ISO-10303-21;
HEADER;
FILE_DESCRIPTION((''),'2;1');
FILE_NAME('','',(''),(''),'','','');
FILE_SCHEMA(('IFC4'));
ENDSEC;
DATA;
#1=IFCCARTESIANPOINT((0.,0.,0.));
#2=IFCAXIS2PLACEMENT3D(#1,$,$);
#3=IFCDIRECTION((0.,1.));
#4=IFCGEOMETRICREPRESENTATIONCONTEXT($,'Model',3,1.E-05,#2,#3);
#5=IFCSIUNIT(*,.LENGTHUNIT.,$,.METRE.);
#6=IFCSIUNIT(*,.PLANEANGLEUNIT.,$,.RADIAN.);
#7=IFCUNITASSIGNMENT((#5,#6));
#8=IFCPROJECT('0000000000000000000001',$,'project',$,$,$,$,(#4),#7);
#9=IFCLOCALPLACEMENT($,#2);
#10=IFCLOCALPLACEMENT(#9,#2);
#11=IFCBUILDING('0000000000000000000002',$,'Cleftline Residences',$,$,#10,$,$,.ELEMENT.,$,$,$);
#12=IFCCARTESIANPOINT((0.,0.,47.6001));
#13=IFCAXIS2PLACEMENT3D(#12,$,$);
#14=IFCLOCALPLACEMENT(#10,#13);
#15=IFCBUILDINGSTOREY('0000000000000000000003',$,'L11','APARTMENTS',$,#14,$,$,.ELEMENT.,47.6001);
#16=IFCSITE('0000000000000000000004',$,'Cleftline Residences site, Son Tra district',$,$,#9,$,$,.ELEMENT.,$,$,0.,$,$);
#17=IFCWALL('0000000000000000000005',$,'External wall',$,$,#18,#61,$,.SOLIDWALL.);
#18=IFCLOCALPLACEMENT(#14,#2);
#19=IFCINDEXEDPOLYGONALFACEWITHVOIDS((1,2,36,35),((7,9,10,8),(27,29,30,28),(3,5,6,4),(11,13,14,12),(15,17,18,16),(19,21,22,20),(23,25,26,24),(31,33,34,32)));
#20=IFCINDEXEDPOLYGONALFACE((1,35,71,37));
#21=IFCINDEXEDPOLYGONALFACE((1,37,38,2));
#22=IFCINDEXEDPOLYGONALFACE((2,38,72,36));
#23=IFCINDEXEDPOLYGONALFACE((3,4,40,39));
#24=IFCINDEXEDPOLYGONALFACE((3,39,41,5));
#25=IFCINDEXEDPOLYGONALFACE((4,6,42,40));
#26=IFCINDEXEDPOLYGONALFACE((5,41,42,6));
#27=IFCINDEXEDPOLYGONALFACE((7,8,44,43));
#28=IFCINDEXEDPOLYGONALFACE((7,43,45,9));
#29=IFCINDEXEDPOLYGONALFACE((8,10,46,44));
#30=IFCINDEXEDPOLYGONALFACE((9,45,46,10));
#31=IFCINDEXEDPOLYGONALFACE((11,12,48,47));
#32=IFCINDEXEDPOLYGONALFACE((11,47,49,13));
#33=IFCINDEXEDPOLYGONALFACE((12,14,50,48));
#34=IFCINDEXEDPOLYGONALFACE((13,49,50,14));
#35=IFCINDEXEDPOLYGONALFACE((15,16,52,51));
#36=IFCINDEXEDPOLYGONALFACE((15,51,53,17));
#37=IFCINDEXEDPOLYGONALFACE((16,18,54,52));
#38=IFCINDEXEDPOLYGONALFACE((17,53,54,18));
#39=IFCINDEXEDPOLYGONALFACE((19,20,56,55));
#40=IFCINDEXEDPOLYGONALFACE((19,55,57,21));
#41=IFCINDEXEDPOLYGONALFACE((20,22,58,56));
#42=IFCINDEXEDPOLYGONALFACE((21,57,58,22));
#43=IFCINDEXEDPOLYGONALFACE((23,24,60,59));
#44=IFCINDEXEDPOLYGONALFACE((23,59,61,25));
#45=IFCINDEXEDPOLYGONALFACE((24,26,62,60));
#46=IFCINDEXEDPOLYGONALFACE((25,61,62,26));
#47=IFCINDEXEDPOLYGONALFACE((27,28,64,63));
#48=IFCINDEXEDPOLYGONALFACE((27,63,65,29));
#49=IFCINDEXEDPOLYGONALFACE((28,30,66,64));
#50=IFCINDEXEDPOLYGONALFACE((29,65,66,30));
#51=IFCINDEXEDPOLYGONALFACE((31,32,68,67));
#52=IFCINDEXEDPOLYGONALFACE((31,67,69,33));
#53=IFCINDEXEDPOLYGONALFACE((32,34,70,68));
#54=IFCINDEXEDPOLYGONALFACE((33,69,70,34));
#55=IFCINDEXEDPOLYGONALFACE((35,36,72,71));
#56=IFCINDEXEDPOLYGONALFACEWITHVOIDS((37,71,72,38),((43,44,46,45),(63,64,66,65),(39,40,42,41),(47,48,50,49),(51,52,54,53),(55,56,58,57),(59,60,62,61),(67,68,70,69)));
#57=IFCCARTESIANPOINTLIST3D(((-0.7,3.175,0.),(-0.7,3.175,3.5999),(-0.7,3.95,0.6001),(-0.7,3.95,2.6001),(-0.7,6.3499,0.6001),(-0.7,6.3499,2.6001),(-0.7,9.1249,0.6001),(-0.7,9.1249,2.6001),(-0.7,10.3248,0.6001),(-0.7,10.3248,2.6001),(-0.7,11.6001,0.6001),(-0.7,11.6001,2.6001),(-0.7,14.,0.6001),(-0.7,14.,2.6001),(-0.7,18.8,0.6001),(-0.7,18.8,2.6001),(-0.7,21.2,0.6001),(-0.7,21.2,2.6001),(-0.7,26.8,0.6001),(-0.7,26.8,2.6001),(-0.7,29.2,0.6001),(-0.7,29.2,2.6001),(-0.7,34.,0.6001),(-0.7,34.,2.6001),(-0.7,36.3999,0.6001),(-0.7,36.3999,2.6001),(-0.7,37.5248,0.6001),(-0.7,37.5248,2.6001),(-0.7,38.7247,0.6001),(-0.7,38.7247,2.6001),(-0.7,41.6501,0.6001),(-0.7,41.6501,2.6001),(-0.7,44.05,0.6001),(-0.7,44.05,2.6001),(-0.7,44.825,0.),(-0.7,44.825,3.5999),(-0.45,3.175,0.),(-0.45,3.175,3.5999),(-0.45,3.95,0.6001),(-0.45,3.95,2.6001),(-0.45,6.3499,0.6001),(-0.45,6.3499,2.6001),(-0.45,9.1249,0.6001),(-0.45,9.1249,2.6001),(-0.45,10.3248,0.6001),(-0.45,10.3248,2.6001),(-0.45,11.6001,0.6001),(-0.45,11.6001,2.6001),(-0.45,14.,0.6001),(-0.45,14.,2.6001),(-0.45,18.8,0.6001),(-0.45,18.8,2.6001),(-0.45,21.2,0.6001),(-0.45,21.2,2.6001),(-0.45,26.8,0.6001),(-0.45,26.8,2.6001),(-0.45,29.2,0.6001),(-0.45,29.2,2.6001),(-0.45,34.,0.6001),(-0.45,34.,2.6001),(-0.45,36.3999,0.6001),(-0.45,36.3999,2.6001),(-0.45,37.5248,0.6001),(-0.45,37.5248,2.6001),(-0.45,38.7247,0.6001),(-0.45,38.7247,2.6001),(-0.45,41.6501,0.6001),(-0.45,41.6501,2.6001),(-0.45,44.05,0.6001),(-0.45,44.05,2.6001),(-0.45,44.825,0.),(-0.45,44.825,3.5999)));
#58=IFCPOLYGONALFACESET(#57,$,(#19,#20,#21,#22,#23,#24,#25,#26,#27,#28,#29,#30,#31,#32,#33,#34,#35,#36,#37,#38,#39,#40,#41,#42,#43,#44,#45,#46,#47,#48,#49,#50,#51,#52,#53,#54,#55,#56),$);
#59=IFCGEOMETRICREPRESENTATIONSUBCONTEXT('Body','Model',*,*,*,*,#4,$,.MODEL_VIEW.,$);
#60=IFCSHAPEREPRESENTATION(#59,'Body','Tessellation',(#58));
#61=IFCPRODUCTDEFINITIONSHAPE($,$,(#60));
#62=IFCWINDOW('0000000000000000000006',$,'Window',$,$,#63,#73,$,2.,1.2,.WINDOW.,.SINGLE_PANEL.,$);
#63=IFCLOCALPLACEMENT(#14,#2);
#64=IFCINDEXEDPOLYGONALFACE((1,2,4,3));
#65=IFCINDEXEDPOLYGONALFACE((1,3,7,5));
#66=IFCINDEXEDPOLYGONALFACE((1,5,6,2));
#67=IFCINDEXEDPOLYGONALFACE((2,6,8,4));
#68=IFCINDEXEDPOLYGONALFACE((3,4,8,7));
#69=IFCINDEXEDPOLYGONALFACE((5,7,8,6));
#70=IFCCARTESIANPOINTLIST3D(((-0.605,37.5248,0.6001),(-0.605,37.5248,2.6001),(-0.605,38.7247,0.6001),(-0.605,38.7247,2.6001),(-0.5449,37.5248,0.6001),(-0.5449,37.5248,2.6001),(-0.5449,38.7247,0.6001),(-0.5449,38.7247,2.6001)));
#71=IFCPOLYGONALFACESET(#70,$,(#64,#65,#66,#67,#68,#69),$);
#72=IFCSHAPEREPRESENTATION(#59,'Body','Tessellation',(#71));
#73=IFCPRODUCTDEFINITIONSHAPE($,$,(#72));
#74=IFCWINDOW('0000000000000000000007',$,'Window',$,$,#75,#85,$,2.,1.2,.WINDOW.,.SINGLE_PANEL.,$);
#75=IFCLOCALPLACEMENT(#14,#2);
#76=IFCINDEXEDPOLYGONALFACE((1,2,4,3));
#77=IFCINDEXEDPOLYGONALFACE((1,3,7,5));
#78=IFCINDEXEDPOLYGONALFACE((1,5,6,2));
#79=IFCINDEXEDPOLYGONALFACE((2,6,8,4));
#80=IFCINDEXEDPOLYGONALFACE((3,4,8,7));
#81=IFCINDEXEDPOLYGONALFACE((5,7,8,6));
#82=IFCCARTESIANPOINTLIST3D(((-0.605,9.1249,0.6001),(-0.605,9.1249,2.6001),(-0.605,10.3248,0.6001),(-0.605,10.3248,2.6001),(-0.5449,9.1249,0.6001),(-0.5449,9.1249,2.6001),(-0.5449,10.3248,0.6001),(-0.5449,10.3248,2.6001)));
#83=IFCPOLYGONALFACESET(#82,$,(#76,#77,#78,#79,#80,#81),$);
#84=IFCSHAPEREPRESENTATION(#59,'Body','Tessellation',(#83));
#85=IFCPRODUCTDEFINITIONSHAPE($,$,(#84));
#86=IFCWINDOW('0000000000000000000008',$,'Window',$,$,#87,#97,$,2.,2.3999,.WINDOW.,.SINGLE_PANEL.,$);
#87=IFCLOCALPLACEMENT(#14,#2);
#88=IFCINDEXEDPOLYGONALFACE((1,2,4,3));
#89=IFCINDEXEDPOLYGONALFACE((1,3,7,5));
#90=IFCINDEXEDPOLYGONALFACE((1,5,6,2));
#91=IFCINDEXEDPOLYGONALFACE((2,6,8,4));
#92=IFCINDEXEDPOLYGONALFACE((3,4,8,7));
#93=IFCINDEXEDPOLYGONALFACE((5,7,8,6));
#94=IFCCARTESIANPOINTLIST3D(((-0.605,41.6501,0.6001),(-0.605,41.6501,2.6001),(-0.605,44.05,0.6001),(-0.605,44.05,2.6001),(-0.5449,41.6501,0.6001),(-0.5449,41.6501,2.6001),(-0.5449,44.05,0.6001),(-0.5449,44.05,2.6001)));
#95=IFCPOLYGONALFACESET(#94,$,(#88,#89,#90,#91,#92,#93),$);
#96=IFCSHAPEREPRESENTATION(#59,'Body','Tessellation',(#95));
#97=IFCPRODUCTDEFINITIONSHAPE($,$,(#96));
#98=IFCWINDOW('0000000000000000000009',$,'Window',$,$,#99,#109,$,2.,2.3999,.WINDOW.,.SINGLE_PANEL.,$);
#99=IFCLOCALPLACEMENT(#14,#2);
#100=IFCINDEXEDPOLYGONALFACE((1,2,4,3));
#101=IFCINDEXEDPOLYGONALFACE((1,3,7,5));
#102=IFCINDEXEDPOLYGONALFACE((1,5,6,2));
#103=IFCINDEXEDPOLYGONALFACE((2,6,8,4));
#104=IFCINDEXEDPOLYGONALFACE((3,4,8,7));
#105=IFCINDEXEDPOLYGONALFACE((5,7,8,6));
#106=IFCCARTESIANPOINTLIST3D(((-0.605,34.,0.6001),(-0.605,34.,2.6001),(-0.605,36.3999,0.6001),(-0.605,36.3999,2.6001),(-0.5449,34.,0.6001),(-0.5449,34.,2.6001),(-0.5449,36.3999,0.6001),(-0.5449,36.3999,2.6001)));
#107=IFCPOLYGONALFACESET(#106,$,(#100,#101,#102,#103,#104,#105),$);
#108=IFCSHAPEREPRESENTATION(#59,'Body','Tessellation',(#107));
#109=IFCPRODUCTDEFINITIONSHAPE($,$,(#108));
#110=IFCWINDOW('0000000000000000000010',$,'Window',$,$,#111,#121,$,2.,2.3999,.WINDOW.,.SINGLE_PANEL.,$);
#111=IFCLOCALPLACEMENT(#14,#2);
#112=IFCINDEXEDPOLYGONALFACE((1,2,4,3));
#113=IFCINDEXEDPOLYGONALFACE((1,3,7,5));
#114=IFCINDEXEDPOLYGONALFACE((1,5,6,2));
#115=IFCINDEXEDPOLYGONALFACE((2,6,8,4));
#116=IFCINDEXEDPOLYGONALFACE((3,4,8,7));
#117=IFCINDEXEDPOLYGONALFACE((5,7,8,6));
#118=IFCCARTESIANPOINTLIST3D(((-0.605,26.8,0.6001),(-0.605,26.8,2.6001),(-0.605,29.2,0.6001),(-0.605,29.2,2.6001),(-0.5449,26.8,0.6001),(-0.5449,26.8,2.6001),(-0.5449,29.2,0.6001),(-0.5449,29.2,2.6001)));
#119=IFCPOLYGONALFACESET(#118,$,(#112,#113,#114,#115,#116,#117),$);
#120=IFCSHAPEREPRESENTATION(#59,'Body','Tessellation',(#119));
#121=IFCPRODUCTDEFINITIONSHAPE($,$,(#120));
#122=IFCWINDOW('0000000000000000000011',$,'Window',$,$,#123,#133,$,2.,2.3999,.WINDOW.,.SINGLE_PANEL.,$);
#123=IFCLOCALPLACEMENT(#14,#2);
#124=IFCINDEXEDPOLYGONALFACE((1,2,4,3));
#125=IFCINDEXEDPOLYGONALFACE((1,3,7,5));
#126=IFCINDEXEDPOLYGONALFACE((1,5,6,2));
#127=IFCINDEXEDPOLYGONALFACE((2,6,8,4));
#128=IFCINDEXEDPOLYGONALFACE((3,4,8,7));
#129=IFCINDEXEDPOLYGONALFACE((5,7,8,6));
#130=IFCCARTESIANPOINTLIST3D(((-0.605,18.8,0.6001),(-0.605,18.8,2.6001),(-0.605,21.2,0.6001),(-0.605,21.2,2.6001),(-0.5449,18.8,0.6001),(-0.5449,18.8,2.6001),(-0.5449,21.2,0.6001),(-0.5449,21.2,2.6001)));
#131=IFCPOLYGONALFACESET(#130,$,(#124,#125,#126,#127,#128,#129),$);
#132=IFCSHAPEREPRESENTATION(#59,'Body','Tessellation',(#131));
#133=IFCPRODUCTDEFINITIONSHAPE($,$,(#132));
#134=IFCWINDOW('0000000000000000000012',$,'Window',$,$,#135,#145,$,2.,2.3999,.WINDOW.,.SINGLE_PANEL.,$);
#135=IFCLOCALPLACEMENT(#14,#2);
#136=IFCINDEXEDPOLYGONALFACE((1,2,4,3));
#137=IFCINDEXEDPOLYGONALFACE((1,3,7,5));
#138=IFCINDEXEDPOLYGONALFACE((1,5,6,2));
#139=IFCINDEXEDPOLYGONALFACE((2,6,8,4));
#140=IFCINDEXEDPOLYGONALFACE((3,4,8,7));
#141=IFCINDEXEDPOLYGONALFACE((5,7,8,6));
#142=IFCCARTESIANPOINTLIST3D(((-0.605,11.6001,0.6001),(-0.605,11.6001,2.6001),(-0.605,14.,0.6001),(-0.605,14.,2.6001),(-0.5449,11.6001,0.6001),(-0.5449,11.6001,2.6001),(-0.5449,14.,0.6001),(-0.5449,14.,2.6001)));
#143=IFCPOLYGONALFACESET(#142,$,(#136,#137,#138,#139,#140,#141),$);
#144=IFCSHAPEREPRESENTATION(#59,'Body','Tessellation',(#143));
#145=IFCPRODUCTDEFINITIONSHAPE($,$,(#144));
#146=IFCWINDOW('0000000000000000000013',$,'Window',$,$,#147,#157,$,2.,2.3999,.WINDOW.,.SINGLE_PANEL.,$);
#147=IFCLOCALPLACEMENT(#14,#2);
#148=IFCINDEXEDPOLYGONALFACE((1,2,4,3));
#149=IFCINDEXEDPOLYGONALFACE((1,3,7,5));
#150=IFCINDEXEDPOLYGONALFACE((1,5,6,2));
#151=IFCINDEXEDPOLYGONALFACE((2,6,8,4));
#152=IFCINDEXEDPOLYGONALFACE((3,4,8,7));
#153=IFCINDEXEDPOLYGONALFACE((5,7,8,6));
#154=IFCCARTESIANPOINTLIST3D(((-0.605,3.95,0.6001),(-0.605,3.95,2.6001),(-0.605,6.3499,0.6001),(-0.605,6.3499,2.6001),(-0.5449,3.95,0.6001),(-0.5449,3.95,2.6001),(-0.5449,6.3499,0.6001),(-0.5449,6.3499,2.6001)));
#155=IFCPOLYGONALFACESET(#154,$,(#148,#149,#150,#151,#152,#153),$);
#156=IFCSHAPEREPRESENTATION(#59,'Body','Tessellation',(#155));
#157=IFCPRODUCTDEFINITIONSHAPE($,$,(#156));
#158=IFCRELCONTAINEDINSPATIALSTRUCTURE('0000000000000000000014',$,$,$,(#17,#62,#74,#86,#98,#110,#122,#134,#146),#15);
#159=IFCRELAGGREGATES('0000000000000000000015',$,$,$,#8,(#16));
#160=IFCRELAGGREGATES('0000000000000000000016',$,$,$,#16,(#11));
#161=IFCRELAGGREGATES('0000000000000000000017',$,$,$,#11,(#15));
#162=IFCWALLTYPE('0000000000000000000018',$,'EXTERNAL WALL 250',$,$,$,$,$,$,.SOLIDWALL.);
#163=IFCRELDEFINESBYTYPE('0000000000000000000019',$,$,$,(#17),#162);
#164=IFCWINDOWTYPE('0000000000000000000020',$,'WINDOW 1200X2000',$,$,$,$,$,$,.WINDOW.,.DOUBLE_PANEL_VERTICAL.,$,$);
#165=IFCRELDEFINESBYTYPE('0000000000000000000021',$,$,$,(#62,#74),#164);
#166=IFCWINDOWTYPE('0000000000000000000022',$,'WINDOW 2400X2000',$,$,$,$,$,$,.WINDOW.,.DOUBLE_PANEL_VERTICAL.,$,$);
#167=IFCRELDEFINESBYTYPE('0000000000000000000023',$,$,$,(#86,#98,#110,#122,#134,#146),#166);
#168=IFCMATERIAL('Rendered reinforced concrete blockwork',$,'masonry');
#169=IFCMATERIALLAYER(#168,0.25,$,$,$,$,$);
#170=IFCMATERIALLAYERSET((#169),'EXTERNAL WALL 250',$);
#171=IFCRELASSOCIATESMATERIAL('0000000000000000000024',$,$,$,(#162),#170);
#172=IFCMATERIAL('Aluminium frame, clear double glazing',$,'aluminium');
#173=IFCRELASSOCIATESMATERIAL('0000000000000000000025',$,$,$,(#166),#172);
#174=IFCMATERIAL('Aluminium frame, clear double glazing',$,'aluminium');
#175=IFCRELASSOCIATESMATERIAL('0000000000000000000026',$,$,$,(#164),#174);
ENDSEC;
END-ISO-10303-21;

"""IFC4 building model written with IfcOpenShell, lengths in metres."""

from ifc_helpers import new_model, si_unit, direction, frame, frame_2d, origin, place, context, subcontext, project, spatial, rectangle, extrude, material, layer, layer_set, type_object, element, fill, save


model = new_model("IFC4")

# Units and contexts
model_context = context("Model", 3, precision=1e-05, world=origin(), true_north=direction((0.0, 1.0)))
body_context = subcontext(model_context, "Body", "Model", "MODEL_VIEW")
ifc_project = project(units=[si_unit("LENGTHUNIT", "METRE"), si_unit("PLANEANGLEUNIT", "RADIAN")], contexts=[model_context])

# Site, building, storey
site_placement = place(None, origin())
site = spatial("IfcSite", under=ifc_project, at=site_placement, Name="Cleftline Residences site, Son Tra district", CompositionType="ELEMENT", RefElevation=0.0)
building_placement = place(site_placement, origin())
building = spatial("IfcBuilding", under=site, at=building_placement, Name="Cleftline Residences", CompositionType="ELEMENT")
storey_placement = place(building_placement, frame((0.0, 0.0, 47.6001)))
storey = spatial("IfcBuildingStorey", under=building, at=storey_placement, Name="L11", Description="APARTMENTS", CompositionType="ELEMENT", Elevation=47.6001)

# Shared definitions
ifc_material_1 = material(Name="Rendered reinforced concrete blockwork", Category="masonry")
ifc_layer_1 = layer(ifc_material_1, 0.25)
ifc_layer_set_1 = layer_set([ifc_layer_1], Name="EXTERNAL WALL 250")
wall_type_1 = type_object("IfcWallType", Name="EXTERNAL WALL 250", PredefinedType="SOLIDWALL", material=ifc_layer_set_1)
ifc_material_2 = material(Name="Aluminium frame, clear double glazing", Category="aluminium")
window_type_1 = type_object("IfcWindowType", Name="WINDOW 2400X2000", PartitioningType="DOUBLE_PANEL_VERTICAL", PredefinedType="WINDOW", material=ifc_material_2)

# Wall, openings, windows
wall_1_placement = place(storey_placement, frame((-0.575, 44.825, 0.0), z_axis=(0.0, 0.0, 1.0), x_axis=(0.0, -1.0, 0.0)))
wall_1 = element("IfcWall", 1, at=wall_1_placement, inside=storey, type_object=wall_type_1, Name="External wall", PredefinedType="SOLIDWALL", context=body_context, shape_type="SweptSolid", body=[
    extrude(rectangle(XDim=41.6499, YDim=0.25, at=frame_2d((20.825, 0.0))), origin(), (0.0, 0.0, 1.0), 3.5999),
])
opening_1_placement = place(wall_1_placement, frame((0.7749, 0.0, 0.6001)))
opening_1 = element("IfcOpeningElement", 2, at=opening_1_placement, cuts=wall_1, PredefinedType="OPENING", context=body_context, shape_type="SweptSolid", body=[
    extrude(rectangle(XDim=2.3999, YDim=2.0, at=frame_2d((1.2, 1.0))), frame((0.0, 0.135, 0.0), z_axis=(0.0, -1.0, 0.0), x_axis=(1.0, 0.0, 0.0)), (0.0, 0.0, 1.0), 0.27),
])
opening_2_placement = place(wall_1_placement, frame((6.1001, 0.0, 0.6001)))
opening_2 = element("IfcOpeningElement", 3, at=opening_2_placement, cuts=wall_1, PredefinedType="OPENING", context=body_context, shape_type="SweptSolid", body=[
    extrude(rectangle(XDim=1.2, YDim=2.0, at=frame_2d((0.6001, 1.0))), frame((0.0, 0.135, 0.0), z_axis=(0.0, -1.0, 0.0), x_axis=(1.0, 0.0, 0.0)), (0.0, 0.0, 1.0), 0.27),
])
opening_3_placement = place(wall_1_placement, frame((8.425, 0.0, 0.6001)))
opening_3 = element("IfcOpeningElement", 4, at=opening_3_placement, cuts=wall_1, PredefinedType="OPENING", context=body_context, shape_type="SweptSolid", body=[
    extrude(rectangle(XDim=2.3999, YDim=2.0, at=frame_2d((1.2, 1.0))), frame((0.0, 0.135, 0.0), z_axis=(0.0, -1.0, 0.0), x_axis=(1.0, 0.0, 0.0)), (0.0, 0.0, 1.0), 0.27),
])
opening_4_placement = place(wall_1_placement, frame((15.625, 0.0, 0.6001)))
opening_4 = element("IfcOpeningElement", 5, at=opening_4_placement, cuts=wall_1, PredefinedType="OPENING", context=body_context, shape_type="SweptSolid", body=[
    extrude(rectangle(XDim=2.3999, YDim=2.0, at=frame_2d((1.2, 1.0))), frame((0.0, 0.135, 0.0), z_axis=(0.0, -1.0, 0.0), x_axis=(1.0, 0.0, 0.0)), (0.0, 0.0, 1.0), 0.27),
])
opening_5_placement = place(wall_1_placement, frame((23.625, 0.0, 0.6001)))
opening_5 = element("IfcOpeningElement", 6, at=opening_5_placement, cuts=wall_1, PredefinedType="OPENING", context=body_context, shape_type="SweptSolid", body=[
    extrude(rectangle(XDim=2.3999, YDim=2.0, at=frame_2d((1.2, 1.0))), frame((0.0, 0.135, 0.0), z_axis=(0.0, -1.0, 0.0), x_axis=(1.0, 0.0, 0.0)), (0.0, 0.0, 1.0), 0.27),
])
opening_6_placement = place(wall_1_placement, frame((30.825, 0.0, 0.6001)))
opening_6 = element("IfcOpeningElement", 7, at=opening_6_placement, cuts=wall_1, PredefinedType="OPENING", context=body_context, shape_type="SweptSolid", body=[
    extrude(rectangle(XDim=2.3999, YDim=2.0, at=frame_2d((1.2, 1.0))), frame((0.0, 0.135, 0.0), z_axis=(0.0, -1.0, 0.0), x_axis=(1.0, 0.0, 0.0)), (0.0, 0.0, 1.0), 0.27),
])
opening_7_placement = place(wall_1_placement, frame((34.5, 0.0, 0.6001)))
opening_7 = element("IfcOpeningElement", 8, at=opening_7_placement, cuts=wall_1, PredefinedType="OPENING", context=body_context, shape_type="SweptSolid", body=[
    extrude(rectangle(XDim=1.2, YDim=2.0, at=frame_2d((0.6001, 1.0))), frame((0.0, 0.135, 0.0), z_axis=(0.0, -1.0, 0.0), x_axis=(1.0, 0.0, 0.0)), (0.0, 0.0, 1.0), 0.27),
])
opening_8_placement = place(wall_1_placement, frame((38.4751, 0.0, 0.6001)))
opening_8 = element("IfcOpeningElement", 9, at=opening_8_placement, cuts=wall_1, PredefinedType="OPENING", context=body_context, shape_type="SweptSolid", body=[
    extrude(rectangle(XDim=2.3999, YDim=2.0, at=frame_2d((1.2, 1.0))), frame((0.0, 0.135, 0.0), z_axis=(0.0, -1.0, 0.0), x_axis=(1.0, 0.0, 0.0)), (0.0, 0.0, 1.0), 0.27),
])
ifc_material_3 = material(Name="Aluminium frame, clear double glazing", Category="aluminium")
window_type_2 = type_object("IfcWindowType", Name="WINDOW 1200X2000", PartitioningType="DOUBLE_PANEL_VERTICAL", PredefinedType="WINDOW", material=ifc_material_3)
window_1_placement = place(opening_2_placement, origin())
window_1 = element("IfcWindow", 10, at=window_1_placement, inside=storey, type_object=window_type_2, Name="Window", OverallHeight=2.0, OverallWidth=1.2, PartitioningType="SINGLE_PANEL", PredefinedType="WINDOW", context=body_context, shape_type="SweptSolid", body=[
    extrude(rectangle(XDim=1.2, YDim=2.0, at=frame_2d((0.6001, 1.0))), frame((0.0, 0.03, 0.0), z_axis=(0.0, -1.0, 0.0), x_axis=(1.0, 0.0, 0.0)), (0.0, 0.0, 1.0), 0.0601),
])
fill(opening_2, window_1)
window_2_placement = place(opening_7_placement, origin())
window_2 = element("IfcWindow", 11, at=window_2_placement, inside=storey, type_object=window_type_2, Name="Window", OverallHeight=2.0, OverallWidth=1.2, PartitioningType="SINGLE_PANEL", PredefinedType="WINDOW", context=body_context, shape_type="SweptSolid", body=[
    extrude(rectangle(XDim=1.2, YDim=2.0, at=frame_2d((0.6001, 1.0))), frame((0.0, 0.03, 0.0), z_axis=(0.0, -1.0, 0.0), x_axis=(1.0, 0.0, 0.0)), (0.0, 0.0, 1.0), 0.0601),
])
fill(opening_7, window_2)
window_3_placement = place(opening_1_placement, origin())
window_3 = element("IfcWindow", 12, at=window_3_placement, inside=storey, type_object=window_type_1, Name="Window", OverallHeight=2.0, OverallWidth=2.3999, PartitioningType="SINGLE_PANEL", PredefinedType="WINDOW", context=body_context, shape_type="SweptSolid", body=[
    extrude(rectangle(XDim=2.3999, YDim=2.0, at=frame_2d((1.2, 1.0))), frame((0.0, 0.03, 0.0), z_axis=(0.0, -1.0, 0.0), x_axis=(1.0, 0.0, 0.0)), (0.0, 0.0, 1.0), 0.0601),
])
fill(opening_1, window_3)
window_4_placement = place(opening_3_placement, origin())
window_4 = element("IfcWindow", 13, at=window_4_placement, inside=storey, type_object=window_type_1, Name="Window", OverallHeight=2.0, OverallWidth=2.3999, PartitioningType="SINGLE_PANEL", PredefinedType="WINDOW", context=body_context, shape_type="SweptSolid", body=[
    extrude(rectangle(XDim=2.3999, YDim=2.0, at=frame_2d((1.2, 1.0))), frame((0.0, 0.03, 0.0), z_axis=(0.0, -1.0, 0.0), x_axis=(1.0, 0.0, 0.0)), (0.0, 0.0, 1.0), 0.0601),
])
fill(opening_3, window_4)
window_5_placement = place(opening_4_placement, origin())
window_5 = element("IfcWindow", 14, at=window_5_placement, inside=storey, type_object=window_type_1, Name="Window", OverallHeight=2.0, OverallWidth=2.3999, PartitioningType="SINGLE_PANEL", PredefinedType="WINDOW", context=body_context, shape_type="SweptSolid", body=[
    extrude(rectangle(XDim=2.3999, YDim=2.0, at=frame_2d((1.2, 1.0))), frame((0.0, 0.03, 0.0), z_axis=(0.0, -1.0, 0.0), x_axis=(1.0, 0.0, 0.0)), (0.0, 0.0, 1.0), 0.0601),
])
fill(opening_4, window_5)
window_6_placement = place(opening_5_placement, origin())
window_6 = element("IfcWindow", 15, at=window_6_placement, inside=storey, type_object=window_type_1, Name="Window", OverallHeight=2.0, OverallWidth=2.3999, PartitioningType="SINGLE_PANEL", PredefinedType="WINDOW", context=body_context, shape_type="SweptSolid", body=[
    extrude(rectangle(XDim=2.3999, YDim=2.0, at=frame_2d((1.2, 1.0))), frame((0.0, 0.03, 0.0), z_axis=(0.0, -1.0, 0.0), x_axis=(1.0, 0.0, 0.0)), (0.0, 0.0, 1.0), 0.0601),
])
fill(opening_5, window_6)
window_7_placement = place(opening_6_placement, origin())
window_7 = element("IfcWindow", 16, at=window_7_placement, inside=storey, type_object=window_type_1, Name="Window", OverallHeight=2.0, OverallWidth=2.3999, PartitioningType="SINGLE_PANEL", PredefinedType="WINDOW", context=body_context, shape_type="SweptSolid", body=[
    extrude(rectangle(XDim=2.3999, YDim=2.0, at=frame_2d((1.2, 1.0))), frame((0.0, 0.03, 0.0), z_axis=(0.0, -1.0, 0.0), x_axis=(1.0, 0.0, 0.0)), (0.0, 0.0, 1.0), 0.0601),
])
fill(opening_6, window_7)
window_8_placement = place(opening_8_placement, origin())
window_8 = element("IfcWindow", 17, at=window_8_placement, inside=storey, type_object=window_type_1, Name="Window", OverallHeight=2.0, OverallWidth=2.3999, PartitioningType="SINGLE_PANEL", PredefinedType="WINDOW", context=body_context, shape_type="SweptSolid", body=[
    extrude(rectangle(XDim=2.3999, YDim=2.0, at=frame_2d((1.2, 1.0))), frame((0.0, 0.03, 0.0), z_axis=(0.0, -1.0, 0.0), x_axis=(1.0, 0.0, 0.0)), (0.0, 0.0, 1.0), 0.0601),
])
fill(opening_8, window_8)

save(model, "model.ifc")
